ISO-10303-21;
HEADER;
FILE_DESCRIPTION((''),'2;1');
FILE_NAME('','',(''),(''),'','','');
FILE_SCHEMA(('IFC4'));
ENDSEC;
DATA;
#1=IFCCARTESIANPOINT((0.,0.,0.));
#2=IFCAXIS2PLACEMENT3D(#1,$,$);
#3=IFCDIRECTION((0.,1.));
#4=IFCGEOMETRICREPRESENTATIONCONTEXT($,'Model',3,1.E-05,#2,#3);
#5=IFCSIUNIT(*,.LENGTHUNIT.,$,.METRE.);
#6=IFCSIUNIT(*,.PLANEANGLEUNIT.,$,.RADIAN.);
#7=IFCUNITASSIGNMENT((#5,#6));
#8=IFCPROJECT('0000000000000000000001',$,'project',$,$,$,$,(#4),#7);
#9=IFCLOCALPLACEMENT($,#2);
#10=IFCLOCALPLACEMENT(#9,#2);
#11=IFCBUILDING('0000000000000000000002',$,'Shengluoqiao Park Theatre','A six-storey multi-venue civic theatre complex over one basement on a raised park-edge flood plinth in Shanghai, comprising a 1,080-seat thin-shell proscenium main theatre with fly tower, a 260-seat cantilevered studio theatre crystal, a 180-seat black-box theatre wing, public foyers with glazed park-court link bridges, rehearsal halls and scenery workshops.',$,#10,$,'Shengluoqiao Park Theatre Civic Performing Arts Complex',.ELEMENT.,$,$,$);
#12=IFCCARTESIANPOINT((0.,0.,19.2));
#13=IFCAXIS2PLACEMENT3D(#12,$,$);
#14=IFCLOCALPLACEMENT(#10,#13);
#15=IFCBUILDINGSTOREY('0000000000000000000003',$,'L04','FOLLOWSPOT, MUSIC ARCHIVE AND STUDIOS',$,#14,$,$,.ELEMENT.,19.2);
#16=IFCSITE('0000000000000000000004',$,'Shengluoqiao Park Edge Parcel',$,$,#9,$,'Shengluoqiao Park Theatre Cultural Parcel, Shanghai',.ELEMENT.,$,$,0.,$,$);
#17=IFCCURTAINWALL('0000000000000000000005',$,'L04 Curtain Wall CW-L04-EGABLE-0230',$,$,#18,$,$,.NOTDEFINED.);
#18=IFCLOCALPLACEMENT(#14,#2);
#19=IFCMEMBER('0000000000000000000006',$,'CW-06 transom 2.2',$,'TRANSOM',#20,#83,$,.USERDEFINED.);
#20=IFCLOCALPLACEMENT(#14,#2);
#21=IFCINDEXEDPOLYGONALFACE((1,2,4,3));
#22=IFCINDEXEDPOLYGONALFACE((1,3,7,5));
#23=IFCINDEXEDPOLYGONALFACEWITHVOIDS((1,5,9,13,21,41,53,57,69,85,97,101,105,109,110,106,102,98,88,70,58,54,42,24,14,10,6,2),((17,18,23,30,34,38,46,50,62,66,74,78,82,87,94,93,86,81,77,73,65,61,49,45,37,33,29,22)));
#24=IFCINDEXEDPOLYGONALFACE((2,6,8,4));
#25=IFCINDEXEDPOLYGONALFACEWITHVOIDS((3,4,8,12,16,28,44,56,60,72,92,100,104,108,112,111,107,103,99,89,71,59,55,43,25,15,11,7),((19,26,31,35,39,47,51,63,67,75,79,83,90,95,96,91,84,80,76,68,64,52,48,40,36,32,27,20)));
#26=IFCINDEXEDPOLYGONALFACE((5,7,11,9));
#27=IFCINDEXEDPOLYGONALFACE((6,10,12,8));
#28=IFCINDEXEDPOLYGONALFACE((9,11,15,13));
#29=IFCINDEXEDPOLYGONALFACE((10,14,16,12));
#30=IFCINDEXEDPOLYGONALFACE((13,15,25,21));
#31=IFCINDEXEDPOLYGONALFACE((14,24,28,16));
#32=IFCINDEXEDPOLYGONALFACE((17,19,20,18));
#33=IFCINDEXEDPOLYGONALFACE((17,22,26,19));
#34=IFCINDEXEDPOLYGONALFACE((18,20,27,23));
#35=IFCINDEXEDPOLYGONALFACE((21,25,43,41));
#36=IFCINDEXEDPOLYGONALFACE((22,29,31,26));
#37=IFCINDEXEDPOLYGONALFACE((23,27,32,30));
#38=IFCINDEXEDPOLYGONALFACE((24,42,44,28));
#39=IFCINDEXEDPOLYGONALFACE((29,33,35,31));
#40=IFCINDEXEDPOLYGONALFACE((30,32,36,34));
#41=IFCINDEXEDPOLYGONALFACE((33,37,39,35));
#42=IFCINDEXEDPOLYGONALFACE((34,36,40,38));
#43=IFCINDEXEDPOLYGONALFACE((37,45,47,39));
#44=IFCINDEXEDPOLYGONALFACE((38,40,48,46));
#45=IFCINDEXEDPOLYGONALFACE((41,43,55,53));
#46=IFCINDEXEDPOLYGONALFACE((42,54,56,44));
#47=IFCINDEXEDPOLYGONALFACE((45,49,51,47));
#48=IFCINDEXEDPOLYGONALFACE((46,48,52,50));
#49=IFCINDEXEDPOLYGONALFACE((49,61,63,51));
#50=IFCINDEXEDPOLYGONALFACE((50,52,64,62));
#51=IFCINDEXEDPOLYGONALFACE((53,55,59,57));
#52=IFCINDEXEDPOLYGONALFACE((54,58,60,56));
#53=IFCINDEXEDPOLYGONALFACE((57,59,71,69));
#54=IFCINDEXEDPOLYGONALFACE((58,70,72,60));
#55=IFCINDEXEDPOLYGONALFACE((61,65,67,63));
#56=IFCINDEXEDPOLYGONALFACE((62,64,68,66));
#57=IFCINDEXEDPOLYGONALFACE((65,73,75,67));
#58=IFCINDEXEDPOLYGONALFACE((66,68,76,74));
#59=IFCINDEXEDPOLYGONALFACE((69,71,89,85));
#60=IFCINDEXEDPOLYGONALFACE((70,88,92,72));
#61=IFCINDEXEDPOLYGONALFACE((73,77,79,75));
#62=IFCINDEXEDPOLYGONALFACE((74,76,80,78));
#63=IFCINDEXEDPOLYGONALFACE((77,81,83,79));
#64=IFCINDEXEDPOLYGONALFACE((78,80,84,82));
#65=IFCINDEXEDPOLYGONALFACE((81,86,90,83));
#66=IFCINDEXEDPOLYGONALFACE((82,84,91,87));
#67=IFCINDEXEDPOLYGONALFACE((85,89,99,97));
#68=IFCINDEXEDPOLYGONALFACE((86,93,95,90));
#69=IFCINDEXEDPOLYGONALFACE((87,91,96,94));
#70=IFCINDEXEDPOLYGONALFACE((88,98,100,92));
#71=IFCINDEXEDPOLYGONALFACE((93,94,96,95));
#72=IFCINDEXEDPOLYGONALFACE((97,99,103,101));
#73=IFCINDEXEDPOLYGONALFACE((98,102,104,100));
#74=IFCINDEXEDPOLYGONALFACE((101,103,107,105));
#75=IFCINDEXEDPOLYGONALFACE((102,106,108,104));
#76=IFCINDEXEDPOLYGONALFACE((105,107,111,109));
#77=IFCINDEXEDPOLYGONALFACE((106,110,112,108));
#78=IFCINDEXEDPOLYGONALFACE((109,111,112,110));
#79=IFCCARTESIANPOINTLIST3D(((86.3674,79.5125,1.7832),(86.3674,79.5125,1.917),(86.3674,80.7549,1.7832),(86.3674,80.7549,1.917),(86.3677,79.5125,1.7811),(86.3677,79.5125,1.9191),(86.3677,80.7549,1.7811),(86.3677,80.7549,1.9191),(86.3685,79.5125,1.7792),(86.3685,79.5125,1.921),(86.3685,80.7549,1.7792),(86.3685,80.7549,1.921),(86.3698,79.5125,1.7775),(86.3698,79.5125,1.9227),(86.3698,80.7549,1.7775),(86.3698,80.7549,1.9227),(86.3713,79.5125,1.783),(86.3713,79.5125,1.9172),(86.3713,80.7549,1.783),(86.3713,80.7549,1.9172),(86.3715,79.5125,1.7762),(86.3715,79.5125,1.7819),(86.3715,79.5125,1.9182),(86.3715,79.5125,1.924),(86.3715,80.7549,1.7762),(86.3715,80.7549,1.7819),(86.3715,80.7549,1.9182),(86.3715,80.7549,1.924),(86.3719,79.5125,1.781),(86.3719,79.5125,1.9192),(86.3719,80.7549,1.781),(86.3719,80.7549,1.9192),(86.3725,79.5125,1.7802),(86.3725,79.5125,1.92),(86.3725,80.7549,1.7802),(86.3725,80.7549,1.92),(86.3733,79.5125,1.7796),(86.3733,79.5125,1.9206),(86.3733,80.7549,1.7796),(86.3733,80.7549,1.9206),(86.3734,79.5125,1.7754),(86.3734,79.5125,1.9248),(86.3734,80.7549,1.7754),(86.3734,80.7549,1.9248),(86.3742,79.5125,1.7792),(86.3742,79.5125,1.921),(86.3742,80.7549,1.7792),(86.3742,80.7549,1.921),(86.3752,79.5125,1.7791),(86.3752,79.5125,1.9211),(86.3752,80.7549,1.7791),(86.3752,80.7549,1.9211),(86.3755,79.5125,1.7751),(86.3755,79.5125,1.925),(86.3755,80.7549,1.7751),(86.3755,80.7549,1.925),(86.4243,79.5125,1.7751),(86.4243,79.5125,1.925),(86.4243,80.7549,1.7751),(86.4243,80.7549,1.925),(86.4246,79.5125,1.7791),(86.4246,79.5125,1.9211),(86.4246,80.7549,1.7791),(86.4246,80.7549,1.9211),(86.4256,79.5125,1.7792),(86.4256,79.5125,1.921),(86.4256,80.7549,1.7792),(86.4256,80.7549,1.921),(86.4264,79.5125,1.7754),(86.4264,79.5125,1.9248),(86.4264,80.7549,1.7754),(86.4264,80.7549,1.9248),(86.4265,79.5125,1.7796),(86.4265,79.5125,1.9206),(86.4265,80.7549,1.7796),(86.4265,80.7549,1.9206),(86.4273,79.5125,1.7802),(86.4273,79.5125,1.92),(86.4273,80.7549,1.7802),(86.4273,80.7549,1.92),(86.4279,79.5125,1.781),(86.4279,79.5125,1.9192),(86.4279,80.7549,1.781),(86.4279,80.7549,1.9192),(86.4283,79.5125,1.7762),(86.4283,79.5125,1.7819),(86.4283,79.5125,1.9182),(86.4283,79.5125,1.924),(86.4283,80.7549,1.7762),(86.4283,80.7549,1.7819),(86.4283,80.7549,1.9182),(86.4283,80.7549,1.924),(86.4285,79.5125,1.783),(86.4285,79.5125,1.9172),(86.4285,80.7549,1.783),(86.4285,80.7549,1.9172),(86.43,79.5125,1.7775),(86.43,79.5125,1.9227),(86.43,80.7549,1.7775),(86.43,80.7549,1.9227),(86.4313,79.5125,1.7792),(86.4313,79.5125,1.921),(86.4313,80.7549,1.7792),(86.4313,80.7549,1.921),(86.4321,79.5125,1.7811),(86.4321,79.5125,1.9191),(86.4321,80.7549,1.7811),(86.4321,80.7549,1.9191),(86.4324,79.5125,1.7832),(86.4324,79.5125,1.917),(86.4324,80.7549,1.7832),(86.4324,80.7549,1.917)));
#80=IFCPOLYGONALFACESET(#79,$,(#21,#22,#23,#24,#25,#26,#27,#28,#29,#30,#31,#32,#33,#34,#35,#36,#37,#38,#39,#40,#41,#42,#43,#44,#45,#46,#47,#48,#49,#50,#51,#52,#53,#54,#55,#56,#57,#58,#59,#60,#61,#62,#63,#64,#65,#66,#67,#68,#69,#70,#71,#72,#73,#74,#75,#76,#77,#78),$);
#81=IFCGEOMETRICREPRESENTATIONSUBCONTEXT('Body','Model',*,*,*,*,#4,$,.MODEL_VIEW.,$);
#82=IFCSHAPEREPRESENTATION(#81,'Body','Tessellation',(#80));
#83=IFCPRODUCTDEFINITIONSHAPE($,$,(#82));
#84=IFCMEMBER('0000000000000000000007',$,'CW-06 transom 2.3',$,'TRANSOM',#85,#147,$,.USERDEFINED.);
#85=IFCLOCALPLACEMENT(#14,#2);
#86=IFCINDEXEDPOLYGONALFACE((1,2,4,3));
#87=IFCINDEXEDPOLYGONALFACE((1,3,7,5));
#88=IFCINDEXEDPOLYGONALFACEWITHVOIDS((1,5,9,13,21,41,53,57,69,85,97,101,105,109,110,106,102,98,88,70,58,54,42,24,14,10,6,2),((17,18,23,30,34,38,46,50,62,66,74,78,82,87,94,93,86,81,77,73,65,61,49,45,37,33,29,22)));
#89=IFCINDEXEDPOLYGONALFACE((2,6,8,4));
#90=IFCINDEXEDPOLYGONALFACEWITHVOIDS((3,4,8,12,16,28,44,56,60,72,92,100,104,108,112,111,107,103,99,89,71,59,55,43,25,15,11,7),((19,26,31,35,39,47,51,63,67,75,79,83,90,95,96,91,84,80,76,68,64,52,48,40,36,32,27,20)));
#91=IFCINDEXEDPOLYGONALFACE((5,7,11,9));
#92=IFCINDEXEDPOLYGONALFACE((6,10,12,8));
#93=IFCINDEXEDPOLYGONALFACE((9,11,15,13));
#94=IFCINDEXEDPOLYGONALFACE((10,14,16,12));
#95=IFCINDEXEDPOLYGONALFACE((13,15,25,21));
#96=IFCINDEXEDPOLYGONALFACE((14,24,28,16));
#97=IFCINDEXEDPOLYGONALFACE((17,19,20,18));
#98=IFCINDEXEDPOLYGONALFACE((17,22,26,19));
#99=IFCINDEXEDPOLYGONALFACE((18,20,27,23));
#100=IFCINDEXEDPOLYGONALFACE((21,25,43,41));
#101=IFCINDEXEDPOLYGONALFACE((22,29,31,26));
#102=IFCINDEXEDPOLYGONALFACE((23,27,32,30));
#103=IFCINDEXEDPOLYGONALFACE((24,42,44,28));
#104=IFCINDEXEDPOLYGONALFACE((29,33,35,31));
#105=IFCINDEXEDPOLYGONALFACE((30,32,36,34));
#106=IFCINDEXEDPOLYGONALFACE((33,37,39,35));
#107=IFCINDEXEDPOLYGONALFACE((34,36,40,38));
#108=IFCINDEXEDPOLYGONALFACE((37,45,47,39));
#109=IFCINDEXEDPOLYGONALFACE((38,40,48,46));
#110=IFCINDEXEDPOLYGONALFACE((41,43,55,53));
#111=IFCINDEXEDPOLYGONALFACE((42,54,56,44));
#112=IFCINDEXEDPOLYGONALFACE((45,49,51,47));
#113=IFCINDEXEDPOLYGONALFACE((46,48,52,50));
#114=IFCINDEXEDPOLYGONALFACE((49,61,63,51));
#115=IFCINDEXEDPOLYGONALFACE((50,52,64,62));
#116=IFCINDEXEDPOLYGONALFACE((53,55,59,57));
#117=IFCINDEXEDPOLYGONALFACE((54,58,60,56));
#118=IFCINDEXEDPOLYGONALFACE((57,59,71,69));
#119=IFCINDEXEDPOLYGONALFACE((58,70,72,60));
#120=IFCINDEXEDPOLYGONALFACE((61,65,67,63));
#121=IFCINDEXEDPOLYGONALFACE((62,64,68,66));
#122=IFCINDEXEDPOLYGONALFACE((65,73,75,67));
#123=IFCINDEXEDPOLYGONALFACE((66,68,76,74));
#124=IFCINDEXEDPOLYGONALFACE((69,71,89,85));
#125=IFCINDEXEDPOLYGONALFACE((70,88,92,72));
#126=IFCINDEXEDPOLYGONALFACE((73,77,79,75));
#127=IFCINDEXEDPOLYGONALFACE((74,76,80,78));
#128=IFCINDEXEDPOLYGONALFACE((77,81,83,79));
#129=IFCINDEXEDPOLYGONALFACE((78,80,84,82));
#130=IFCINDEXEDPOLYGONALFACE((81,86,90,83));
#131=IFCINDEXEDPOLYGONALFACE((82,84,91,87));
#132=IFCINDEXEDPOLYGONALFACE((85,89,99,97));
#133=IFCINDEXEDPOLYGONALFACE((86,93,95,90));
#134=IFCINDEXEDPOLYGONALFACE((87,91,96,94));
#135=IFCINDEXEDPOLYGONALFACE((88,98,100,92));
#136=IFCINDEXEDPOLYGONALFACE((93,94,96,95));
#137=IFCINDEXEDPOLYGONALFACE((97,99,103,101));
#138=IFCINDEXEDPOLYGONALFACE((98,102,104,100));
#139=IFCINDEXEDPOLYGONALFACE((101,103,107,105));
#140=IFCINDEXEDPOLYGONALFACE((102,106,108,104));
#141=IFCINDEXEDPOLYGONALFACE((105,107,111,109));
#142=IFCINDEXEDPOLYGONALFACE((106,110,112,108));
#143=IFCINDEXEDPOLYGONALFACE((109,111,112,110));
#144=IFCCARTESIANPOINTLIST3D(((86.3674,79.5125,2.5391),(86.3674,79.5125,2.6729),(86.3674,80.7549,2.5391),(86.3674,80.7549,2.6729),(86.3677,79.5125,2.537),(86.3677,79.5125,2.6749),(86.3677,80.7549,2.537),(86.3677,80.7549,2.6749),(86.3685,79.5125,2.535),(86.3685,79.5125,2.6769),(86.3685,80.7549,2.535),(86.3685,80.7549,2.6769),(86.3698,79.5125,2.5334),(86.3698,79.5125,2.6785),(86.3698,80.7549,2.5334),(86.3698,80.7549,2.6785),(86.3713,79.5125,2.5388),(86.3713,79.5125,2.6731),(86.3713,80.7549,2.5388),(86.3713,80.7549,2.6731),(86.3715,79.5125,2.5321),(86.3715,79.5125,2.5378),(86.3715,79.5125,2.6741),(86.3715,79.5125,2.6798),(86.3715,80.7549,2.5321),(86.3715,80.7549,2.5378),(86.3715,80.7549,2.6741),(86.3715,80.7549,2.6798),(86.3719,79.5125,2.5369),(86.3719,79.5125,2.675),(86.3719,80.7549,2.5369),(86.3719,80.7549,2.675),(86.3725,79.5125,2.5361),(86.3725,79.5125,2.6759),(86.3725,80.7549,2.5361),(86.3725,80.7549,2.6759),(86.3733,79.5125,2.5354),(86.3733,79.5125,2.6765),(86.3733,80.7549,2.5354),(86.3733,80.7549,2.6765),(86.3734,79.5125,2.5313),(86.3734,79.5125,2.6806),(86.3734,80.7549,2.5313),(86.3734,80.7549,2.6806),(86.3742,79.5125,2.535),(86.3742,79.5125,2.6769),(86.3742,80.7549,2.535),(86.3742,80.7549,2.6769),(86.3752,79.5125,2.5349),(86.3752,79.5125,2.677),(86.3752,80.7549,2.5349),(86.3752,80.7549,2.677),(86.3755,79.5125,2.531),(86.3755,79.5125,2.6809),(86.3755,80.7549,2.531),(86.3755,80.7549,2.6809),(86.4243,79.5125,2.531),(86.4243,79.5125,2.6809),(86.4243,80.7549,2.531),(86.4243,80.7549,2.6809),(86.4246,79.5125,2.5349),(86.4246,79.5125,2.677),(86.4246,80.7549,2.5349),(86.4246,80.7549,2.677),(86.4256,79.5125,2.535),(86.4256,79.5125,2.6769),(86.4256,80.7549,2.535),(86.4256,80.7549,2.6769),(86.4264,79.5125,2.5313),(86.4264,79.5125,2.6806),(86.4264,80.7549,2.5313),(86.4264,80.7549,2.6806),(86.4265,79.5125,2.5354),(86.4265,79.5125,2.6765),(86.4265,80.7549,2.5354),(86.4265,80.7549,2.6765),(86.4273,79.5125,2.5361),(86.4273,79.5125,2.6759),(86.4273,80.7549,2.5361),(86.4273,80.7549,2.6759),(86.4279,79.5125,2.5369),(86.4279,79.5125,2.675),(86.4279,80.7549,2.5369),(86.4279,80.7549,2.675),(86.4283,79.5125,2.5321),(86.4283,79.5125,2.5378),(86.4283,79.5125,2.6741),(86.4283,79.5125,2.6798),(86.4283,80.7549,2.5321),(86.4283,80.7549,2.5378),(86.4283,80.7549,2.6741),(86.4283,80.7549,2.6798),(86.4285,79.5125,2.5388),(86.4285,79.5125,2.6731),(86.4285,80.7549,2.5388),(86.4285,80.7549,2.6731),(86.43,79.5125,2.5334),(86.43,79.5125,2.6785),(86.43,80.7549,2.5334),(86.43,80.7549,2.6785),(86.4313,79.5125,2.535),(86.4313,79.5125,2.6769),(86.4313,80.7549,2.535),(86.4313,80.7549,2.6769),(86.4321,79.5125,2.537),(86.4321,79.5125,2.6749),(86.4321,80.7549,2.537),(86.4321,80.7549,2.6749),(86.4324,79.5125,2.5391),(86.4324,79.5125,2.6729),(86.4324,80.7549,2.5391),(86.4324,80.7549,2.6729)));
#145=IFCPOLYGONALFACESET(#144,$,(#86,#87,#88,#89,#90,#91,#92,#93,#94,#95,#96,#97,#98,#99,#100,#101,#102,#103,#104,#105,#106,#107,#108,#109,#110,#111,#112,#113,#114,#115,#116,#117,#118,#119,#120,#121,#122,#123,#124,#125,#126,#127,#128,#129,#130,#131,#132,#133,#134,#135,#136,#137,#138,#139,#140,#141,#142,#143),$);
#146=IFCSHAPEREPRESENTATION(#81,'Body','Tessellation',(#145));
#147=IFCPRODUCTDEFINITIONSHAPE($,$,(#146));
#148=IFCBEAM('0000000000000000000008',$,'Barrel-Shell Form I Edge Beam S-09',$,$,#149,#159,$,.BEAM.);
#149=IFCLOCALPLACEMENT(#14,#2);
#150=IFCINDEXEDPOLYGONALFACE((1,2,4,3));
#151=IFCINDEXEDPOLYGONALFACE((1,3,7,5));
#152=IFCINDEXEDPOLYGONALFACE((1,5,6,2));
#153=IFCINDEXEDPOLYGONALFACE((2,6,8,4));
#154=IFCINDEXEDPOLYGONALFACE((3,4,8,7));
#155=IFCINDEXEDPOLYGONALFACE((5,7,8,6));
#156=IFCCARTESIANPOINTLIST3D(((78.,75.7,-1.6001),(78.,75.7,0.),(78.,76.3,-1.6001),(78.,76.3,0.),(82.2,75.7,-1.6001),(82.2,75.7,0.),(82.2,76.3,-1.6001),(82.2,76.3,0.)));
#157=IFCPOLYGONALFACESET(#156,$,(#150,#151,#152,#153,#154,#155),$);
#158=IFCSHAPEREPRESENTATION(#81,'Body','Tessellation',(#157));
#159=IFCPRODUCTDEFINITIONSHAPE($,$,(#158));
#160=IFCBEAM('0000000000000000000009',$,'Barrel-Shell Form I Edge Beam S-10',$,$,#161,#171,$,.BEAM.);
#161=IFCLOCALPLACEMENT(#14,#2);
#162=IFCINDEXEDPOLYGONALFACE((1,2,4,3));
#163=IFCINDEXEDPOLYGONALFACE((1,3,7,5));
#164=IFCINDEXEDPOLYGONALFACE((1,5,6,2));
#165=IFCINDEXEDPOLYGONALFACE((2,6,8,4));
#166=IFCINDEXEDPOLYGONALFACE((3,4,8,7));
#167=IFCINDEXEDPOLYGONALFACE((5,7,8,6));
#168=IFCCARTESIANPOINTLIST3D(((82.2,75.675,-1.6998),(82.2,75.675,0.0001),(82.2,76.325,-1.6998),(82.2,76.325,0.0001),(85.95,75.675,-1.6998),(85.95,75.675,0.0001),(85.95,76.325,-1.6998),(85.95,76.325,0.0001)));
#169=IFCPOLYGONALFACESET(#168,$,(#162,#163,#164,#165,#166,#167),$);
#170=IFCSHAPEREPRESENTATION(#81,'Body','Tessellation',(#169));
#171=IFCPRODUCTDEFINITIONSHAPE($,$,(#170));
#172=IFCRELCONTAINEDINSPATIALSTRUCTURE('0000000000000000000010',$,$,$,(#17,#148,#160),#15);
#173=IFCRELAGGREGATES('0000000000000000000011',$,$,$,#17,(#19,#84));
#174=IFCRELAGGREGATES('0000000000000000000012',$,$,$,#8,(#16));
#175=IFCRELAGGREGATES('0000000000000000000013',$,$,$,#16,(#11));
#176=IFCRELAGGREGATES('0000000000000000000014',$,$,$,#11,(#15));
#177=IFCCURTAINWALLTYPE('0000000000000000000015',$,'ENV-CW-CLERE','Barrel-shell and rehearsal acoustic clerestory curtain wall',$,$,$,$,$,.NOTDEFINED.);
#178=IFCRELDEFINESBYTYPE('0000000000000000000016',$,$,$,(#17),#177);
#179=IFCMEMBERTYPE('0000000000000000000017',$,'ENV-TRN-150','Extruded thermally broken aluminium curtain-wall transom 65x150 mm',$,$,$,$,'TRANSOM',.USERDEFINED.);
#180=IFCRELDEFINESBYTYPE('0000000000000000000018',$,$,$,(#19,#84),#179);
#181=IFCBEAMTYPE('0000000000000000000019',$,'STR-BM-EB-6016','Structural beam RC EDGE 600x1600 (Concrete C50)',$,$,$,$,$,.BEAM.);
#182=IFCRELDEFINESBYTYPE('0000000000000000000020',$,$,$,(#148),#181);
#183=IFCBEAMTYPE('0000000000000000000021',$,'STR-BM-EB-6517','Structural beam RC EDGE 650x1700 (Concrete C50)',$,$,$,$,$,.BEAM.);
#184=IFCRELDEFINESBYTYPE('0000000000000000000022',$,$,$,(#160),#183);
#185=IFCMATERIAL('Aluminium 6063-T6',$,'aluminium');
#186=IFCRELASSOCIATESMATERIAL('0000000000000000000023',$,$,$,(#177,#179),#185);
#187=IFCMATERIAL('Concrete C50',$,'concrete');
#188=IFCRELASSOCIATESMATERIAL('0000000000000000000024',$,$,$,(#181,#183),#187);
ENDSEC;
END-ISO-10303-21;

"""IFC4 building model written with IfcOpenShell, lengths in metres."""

from ifc_helpers import new_model, si_unit, direction, frame, origin, origin_2d, place, context, subcontext, project, spatial, rectangle, hollow_rectangle, extrude, material, material_profile, profile_set, type_object, element, aggregate, save


model = new_model("IFC4")

# Units and contexts
model_context = context("Model", 3, precision=1e-05, world=origin(), true_north=direction((0.0, 1.0)))
body_context = subcontext(model_context, "Body", "Model", "MODEL_VIEW")
ifc_project = project(units=[si_unit("LENGTHUNIT", "METRE"), si_unit("PLANEANGLEUNIT", "RADIAN")], contexts=[model_context])

# Site, building, storey
site_placement = place(None, origin())
site = spatial("IfcSite", under=ifc_project, at=site_placement, Name="Shengluoqiao Park Edge Parcel", LongName="Shengluoqiao Park Theatre Cultural Parcel, Shanghai", CompositionType="ELEMENT", RefElevation=0.0)
building_placement = place(site_placement, origin())
building = spatial("IfcBuilding", under=site, at=building_placement, Name="Shengluoqiao Park Theatre", Description="A six-storey multi-venue civic theatre complex over one basement on a raised park-edge flood plinth in Shanghai, comprising a 1,080-seat thin-shell proscenium main theatre with fly tower, a 260-seat cantilevered studio theatre crystal, a 180-seat black-box theatre wing, public foyers with glazed park-court link bridges, rehearsal halls and scenery workshops.", LongName="Shengluoqiao Park Theatre Civic Performing Arts Complex", CompositionType="ELEMENT")
storey_placement = place(building_placement, frame((0.0, 0.0, 19.2)))
storey = spatial("IfcBuildingStorey", under=building, at=storey_placement, Name="L04", Description="FOLLOWSPOT, MUSIC ARCHIVE AND STUDIOS", CompositionType="ELEMENT", Elevation=19.2)

# Curtain wall, members
ifc_material_1 = material(Name="Aluminium 6063-T6", Category="aluminium")
curtain_wall_type = type_object("IfcCurtainWallType", Name="ENV-CW-CLERE", Description="Barrel-shell and rehearsal acoustic clerestory curtain wall", PredefinedType="NOTDEFINED", material=ifc_material_1)
curtain_wall_placement = place(storey_placement, origin())
curtain_wall = element("IfcCurtainWall", 1, at=curtain_wall_placement, inside=storey, type_object=curtain_wall_type, Name="L04 Curtain Wall CW-L04-EGABLE-0230", PredefinedType="NOTDEFINED")
ifc_material_profile_1 = material_profile(ifc_material_1, hollow_rectangle(XDim=0.0649, YDim=0.1499, WallThickness=0.0039, InnerFilletRadius=0.0039, OuterFilletRadius=0.0081, at=origin_2d()), Name="ALU TRANSOM 150x65x4")
ifc_profile_set_1 = profile_set([ifc_material_profile_1], Name="Aluminium 6063-T6")
member_type_1 = type_object("IfcMemberType", Name="ENV-TRN-150", Description="Extruded thermally broken aluminium curtain-wall transom 65x150 mm", ElementType="TRANSOM", PredefinedType="USERDEFINED", material=ifc_profile_set_1)
member_1_placement = place(storey_placement, frame((86.3999, 79.5125, 1.8501), z_axis=(0.0, 1.0, 0.0), x_axis=(-1.0, 0.0, 0.0)))
member_1 = element("IfcMember", 2, at=member_1_placement, type_object=member_type_1, Name="CW-06 transom 2.2", ObjectType="TRANSOM", PredefinedType="USERDEFINED", context=body_context, shape_type="SweptSolid", body=[
    extrude(hollow_rectangle(XDim=0.0649, YDim=0.1499, WallThickness=0.0039, InnerFilletRadius=0.0039, OuterFilletRadius=0.0081, at=origin_2d()), origin(), (0.0, 0.0, 1.0), 1.2424),
])
member_2_placement = place(storey_placement, frame((86.3999, 79.5125, 2.606), z_axis=(0.0, 1.0, 0.0), x_axis=(-1.0, 0.0, 0.0)))
member_2 = element("IfcMember", 3, at=member_2_placement, type_object=member_type_1, Name="CW-06 transom 2.3", ObjectType="TRANSOM", PredefinedType="USERDEFINED", context=body_context, shape_type="SweptSolid", body=[
    extrude(hollow_rectangle(XDim=0.0649, YDim=0.1499, WallThickness=0.0039, InnerFilletRadius=0.0039, OuterFilletRadius=0.0081, at=origin_2d()), origin(), (0.0, 0.0, 1.0), 1.2424),
])

# Beams
ifc_material_2 = material(Name="Concrete C50", Category="concrete")
ifc_material_profile_2 = material_profile(ifc_material_2, rectangle(XDim=0.6001, YDim=1.6001, at=origin_2d()), Name="RC EDGE 600x1600")
ifc_profile_set_2 = profile_set([ifc_material_profile_2], Name="Concrete C50")
beam_type_1 = type_object("IfcBeamType", Name="STR-BM-EB-6016", Description="Structural beam RC EDGE 600x1600 (Concrete C50)", PredefinedType="BEAM", material=ifc_profile_set_2)
beam_1_placement = place(storey_placement, frame((78.0, 76.0, -0.8), z_axis=(1.0, 0.0, 0.0), x_axis=(0.0, 1.0, 0.0)))
element("IfcBeam", 4, at=beam_1_placement, inside=storey, type_object=beam_type_1, Name="Barrel-Shell Form I Edge Beam S-09", PredefinedType="BEAM", context=body_context, shape_type="SweptSolid", body=[
    extrude(rectangle(XDim=0.6001, YDim=1.6001, at=origin_2d()), origin(), (0.0, 0.0, 1.0), 4.2),
])
ifc_material_profile_3 = material_profile(ifc_material_2, rectangle(XDim=0.6499, YDim=1.7, at=origin_2d()), Name="RC EDGE 650x1700")
ifc_profile_set_3 = profile_set([ifc_material_profile_3], Name="Concrete C50")
beam_type_2 = type_object("IfcBeamType", Name="STR-BM-EB-6517", Description="Structural beam RC EDGE 650x1700 (Concrete C50)", PredefinedType="BEAM", material=ifc_profile_set_3)
beam_2_placement = place(storey_placement, frame((82.2, 76.0, -0.8499), z_axis=(1.0, 0.0, 0.0), x_axis=(0.0, 1.0, 0.0)))
element("IfcBeam", 5, at=beam_2_placement, inside=storey, type_object=beam_type_2, Name="Barrel-Shell Form I Edge Beam S-10", PredefinedType="BEAM", context=body_context, shape_type="SweptSolid", body=[
    extrude(rectangle(XDim=0.6499, YDim=1.7, at=origin_2d()), origin(), (0.0, 0.0, 1.0), 3.75),
])

aggregate(curtain_wall, [member_1, member_2])

save(model, "model.ifc")
